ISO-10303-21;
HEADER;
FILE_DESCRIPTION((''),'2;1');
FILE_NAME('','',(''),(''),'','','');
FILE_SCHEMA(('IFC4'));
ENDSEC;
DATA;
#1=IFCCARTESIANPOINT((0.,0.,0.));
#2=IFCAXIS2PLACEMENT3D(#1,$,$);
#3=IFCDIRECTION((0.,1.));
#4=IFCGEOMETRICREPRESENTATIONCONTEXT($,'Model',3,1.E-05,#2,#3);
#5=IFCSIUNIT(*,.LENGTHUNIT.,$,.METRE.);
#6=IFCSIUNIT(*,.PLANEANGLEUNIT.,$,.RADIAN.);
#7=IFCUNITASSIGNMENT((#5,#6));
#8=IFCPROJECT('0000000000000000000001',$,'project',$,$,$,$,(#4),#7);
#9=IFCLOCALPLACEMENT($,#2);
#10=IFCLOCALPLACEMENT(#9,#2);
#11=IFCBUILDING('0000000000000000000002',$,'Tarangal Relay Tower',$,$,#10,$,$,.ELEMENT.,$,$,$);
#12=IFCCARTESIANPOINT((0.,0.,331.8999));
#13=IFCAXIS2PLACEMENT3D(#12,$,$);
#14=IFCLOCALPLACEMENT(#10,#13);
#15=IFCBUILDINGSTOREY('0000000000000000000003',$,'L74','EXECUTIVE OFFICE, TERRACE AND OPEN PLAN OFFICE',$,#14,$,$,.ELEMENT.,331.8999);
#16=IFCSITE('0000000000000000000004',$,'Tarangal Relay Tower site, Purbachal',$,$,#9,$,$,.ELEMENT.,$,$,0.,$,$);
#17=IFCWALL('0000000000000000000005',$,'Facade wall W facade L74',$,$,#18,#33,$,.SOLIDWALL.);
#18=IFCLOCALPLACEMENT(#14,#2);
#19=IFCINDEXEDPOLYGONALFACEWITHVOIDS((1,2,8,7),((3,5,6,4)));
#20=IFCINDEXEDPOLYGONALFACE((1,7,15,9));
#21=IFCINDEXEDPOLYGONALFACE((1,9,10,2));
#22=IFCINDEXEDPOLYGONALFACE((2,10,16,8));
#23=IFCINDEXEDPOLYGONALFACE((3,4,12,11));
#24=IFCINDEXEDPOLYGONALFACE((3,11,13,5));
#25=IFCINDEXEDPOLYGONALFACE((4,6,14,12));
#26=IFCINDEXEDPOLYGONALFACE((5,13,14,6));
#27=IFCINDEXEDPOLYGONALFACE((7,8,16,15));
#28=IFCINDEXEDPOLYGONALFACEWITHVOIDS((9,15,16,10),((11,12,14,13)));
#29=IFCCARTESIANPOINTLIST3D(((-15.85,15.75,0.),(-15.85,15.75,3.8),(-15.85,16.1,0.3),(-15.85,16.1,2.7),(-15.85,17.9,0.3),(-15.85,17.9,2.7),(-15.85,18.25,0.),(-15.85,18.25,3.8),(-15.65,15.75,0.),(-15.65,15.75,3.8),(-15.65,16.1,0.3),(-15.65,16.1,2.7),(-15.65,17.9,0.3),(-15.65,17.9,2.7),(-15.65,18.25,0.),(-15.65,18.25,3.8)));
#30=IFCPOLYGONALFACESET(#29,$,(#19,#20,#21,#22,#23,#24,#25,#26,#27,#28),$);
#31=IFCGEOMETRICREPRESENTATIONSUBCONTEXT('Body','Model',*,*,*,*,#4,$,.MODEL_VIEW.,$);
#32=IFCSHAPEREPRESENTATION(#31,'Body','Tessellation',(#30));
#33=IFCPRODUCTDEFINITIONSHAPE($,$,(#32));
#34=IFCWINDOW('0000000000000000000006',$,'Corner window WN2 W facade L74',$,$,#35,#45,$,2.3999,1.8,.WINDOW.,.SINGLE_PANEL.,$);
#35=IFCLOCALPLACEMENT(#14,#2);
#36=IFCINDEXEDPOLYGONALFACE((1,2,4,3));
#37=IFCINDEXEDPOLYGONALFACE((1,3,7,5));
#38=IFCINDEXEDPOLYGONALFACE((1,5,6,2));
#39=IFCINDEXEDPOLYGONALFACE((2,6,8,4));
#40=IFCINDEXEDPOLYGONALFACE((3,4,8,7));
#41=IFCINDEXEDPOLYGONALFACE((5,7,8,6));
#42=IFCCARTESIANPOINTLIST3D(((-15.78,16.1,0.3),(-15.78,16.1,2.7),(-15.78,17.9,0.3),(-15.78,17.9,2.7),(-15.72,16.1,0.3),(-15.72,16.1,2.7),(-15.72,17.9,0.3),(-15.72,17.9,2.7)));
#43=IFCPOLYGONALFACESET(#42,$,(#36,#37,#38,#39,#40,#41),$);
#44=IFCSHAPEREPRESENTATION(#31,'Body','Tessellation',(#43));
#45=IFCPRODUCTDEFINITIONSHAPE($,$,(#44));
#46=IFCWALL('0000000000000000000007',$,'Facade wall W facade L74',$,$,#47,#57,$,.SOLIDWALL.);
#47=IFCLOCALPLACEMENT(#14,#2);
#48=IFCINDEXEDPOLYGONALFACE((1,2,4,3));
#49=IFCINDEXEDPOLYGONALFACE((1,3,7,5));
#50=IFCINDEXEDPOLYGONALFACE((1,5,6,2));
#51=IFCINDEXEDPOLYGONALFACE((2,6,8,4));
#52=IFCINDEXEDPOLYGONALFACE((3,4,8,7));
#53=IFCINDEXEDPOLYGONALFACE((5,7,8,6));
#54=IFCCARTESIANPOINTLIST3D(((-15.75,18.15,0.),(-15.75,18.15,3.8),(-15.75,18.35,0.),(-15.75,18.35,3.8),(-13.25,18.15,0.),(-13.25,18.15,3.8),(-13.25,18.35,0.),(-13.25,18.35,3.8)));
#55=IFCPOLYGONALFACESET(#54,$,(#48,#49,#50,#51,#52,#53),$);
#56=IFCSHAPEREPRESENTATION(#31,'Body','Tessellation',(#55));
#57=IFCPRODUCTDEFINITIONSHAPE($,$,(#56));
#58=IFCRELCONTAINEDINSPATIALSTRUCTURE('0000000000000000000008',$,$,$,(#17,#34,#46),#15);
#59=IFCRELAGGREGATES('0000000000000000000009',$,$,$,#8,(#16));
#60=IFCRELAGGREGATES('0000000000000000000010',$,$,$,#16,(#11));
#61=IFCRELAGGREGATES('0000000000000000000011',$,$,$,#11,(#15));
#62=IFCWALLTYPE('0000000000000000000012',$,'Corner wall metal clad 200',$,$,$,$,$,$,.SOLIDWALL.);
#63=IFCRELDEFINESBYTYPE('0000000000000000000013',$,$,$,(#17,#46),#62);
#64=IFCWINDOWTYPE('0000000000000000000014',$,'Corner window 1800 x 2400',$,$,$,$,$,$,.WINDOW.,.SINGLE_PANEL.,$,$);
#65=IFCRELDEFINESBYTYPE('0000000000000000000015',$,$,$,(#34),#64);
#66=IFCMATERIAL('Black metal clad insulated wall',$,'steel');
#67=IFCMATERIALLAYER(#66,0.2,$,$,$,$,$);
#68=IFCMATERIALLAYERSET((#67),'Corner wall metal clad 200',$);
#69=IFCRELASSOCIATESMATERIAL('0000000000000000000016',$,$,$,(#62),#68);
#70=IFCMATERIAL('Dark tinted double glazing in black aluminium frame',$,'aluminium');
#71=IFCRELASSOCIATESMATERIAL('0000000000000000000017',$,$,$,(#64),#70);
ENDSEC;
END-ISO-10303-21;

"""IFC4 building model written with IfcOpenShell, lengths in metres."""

from ifc_helpers import new_model, si_unit, direction, frame, frame_2d, origin, place, context, subcontext, project, spatial, rectangle, extrude, material, layer, layer_set, type_object, element, fill, save


model = new_model("IFC4")

# Units and contexts
model_context = context("Model", 3, precision=1e-05, world=origin(), true_north=direction((0.0, 1.0)))
body_context = subcontext(model_context, "Body", "Model", "MODEL_VIEW")
ifc_project = project(units=[si_unit("LENGTHUNIT", "METRE"), si_unit("PLANEANGLEUNIT", "RADIAN")], contexts=[model_context])

# Site, building, storey
site_placement = place(None, origin())
site = spatial("IfcSite", under=ifc_project, at=site_placement, Name="Tarangal Relay Tower site, Purbachal", CompositionType="ELEMENT", RefElevation=0.0)
building_placement = place(site_placement, origin())
building = spatial("IfcBuilding", under=site, at=building_placement, Name="Tarangal Relay Tower", CompositionType="ELEMENT")
storey_placement = place(building_placement, frame((0.0, 0.0, 331.8999)))
storey = spatial("IfcBuildingStorey", under=building, at=storey_placement, Name="L74", Description="EXECUTIVE OFFICE, TERRACE AND OPEN PLAN OFFICE", CompositionType="ELEMENT", Elevation=331.8999)

# Shared definitions
ifc_material_1 = material(Name="Black metal clad insulated wall", Category="steel")
ifc_layer_1 = layer(ifc_material_1, 0.2)
ifc_layer_set_1 = layer_set([ifc_layer_1], Name="Corner wall metal clad 200")
wall_type = type_object("IfcWallType", Name="Corner wall metal clad 200", PredefinedType="SOLIDWALL", material=ifc_layer_set_1)

# Shared definitions
ifc_material_2 = material(Name="Dark tinted double glazing in black aluminium frame", Category="aluminium")
window_type = type_object("IfcWindowType", Name="Corner window 1800 x 2400", PartitioningType="SINGLE_PANEL", PredefinedType="WINDOW", material=ifc_material_2)

# Wall, opening, window
wall_1_placement = place(storey_placement, frame((-15.75, 15.75, 0.0), z_axis=(0.0, 0.0, 1.0), x_axis=(0.0, 1.0, 0.0)))
wall_1 = element("IfcWall", 1, at=wall_1_placement, inside=storey, type_object=wall_type, Name="Facade wall W facade L74", PredefinedType="SOLIDWALL", context=body_context, shape_type="SweptSolid", body=[
    extrude(rectangle(XDim=2.5, YDim=0.2, at=frame_2d((1.25, 0.0))), origin(), (0.0, 0.0, 1.0), 3.8),
])
opening_1_placement = place(wall_1_placement, frame((0.3501, 0.0, 0.3)))
opening_1 = element("IfcOpeningElement", 2, at=opening_1_placement, cuts=wall_1, PredefinedType="OPENING", context=body_context, shape_type="SweptSolid", body=[
    extrude(rectangle(XDim=1.8, YDim=2.3999, at=frame_2d((0.8999, 1.2))), frame((0.0, 0.1099, 0.0), z_axis=(0.0, -1.0, 0.0), x_axis=(1.0, 0.0, 0.0)), (0.0, 0.0, 1.0), 0.22),
])
window_1_placement = place(opening_1_placement, origin())
window_1 = element("IfcWindow", 3, at=window_1_placement, inside=storey, type_object=window_type, Name="Corner window WN2 W facade L74", OverallHeight=2.3999, OverallWidth=1.8, PartitioningType="SINGLE_PANEL", PredefinedType="WINDOW", context=body_context, shape_type="SweptSolid", body=[
    extrude(rectangle(XDim=1.8, YDim=2.3999, at=frame_2d((0.8999, 1.2))), frame((0.0, 0.03, 0.0), z_axis=(0.0, -1.0, 0.0), x_axis=(1.0, 0.0, 0.0)), (0.0, 0.0, 1.0), 0.0601),
])
fill(opening_1, window_1)

# Wall
wall_2_placement = place(storey_placement, frame((-15.75, 18.25, 0.0), z_axis=(0.0, 0.0, 1.0), x_axis=(1.0, 0.0, 0.0)))
element("IfcWall", 4, at=wall_2_placement, inside=storey, type_object=wall_type, Name="Facade wall W facade L74", PredefinedType="SOLIDWALL", context=body_context, shape_type="SweptSolid", body=[
    extrude(rectangle(XDim=2.5, YDim=0.2, at=frame_2d((1.25, 0.0))), origin(), (0.0, 0.0, 1.0), 3.8),
])

save(model, "model.ifc")
